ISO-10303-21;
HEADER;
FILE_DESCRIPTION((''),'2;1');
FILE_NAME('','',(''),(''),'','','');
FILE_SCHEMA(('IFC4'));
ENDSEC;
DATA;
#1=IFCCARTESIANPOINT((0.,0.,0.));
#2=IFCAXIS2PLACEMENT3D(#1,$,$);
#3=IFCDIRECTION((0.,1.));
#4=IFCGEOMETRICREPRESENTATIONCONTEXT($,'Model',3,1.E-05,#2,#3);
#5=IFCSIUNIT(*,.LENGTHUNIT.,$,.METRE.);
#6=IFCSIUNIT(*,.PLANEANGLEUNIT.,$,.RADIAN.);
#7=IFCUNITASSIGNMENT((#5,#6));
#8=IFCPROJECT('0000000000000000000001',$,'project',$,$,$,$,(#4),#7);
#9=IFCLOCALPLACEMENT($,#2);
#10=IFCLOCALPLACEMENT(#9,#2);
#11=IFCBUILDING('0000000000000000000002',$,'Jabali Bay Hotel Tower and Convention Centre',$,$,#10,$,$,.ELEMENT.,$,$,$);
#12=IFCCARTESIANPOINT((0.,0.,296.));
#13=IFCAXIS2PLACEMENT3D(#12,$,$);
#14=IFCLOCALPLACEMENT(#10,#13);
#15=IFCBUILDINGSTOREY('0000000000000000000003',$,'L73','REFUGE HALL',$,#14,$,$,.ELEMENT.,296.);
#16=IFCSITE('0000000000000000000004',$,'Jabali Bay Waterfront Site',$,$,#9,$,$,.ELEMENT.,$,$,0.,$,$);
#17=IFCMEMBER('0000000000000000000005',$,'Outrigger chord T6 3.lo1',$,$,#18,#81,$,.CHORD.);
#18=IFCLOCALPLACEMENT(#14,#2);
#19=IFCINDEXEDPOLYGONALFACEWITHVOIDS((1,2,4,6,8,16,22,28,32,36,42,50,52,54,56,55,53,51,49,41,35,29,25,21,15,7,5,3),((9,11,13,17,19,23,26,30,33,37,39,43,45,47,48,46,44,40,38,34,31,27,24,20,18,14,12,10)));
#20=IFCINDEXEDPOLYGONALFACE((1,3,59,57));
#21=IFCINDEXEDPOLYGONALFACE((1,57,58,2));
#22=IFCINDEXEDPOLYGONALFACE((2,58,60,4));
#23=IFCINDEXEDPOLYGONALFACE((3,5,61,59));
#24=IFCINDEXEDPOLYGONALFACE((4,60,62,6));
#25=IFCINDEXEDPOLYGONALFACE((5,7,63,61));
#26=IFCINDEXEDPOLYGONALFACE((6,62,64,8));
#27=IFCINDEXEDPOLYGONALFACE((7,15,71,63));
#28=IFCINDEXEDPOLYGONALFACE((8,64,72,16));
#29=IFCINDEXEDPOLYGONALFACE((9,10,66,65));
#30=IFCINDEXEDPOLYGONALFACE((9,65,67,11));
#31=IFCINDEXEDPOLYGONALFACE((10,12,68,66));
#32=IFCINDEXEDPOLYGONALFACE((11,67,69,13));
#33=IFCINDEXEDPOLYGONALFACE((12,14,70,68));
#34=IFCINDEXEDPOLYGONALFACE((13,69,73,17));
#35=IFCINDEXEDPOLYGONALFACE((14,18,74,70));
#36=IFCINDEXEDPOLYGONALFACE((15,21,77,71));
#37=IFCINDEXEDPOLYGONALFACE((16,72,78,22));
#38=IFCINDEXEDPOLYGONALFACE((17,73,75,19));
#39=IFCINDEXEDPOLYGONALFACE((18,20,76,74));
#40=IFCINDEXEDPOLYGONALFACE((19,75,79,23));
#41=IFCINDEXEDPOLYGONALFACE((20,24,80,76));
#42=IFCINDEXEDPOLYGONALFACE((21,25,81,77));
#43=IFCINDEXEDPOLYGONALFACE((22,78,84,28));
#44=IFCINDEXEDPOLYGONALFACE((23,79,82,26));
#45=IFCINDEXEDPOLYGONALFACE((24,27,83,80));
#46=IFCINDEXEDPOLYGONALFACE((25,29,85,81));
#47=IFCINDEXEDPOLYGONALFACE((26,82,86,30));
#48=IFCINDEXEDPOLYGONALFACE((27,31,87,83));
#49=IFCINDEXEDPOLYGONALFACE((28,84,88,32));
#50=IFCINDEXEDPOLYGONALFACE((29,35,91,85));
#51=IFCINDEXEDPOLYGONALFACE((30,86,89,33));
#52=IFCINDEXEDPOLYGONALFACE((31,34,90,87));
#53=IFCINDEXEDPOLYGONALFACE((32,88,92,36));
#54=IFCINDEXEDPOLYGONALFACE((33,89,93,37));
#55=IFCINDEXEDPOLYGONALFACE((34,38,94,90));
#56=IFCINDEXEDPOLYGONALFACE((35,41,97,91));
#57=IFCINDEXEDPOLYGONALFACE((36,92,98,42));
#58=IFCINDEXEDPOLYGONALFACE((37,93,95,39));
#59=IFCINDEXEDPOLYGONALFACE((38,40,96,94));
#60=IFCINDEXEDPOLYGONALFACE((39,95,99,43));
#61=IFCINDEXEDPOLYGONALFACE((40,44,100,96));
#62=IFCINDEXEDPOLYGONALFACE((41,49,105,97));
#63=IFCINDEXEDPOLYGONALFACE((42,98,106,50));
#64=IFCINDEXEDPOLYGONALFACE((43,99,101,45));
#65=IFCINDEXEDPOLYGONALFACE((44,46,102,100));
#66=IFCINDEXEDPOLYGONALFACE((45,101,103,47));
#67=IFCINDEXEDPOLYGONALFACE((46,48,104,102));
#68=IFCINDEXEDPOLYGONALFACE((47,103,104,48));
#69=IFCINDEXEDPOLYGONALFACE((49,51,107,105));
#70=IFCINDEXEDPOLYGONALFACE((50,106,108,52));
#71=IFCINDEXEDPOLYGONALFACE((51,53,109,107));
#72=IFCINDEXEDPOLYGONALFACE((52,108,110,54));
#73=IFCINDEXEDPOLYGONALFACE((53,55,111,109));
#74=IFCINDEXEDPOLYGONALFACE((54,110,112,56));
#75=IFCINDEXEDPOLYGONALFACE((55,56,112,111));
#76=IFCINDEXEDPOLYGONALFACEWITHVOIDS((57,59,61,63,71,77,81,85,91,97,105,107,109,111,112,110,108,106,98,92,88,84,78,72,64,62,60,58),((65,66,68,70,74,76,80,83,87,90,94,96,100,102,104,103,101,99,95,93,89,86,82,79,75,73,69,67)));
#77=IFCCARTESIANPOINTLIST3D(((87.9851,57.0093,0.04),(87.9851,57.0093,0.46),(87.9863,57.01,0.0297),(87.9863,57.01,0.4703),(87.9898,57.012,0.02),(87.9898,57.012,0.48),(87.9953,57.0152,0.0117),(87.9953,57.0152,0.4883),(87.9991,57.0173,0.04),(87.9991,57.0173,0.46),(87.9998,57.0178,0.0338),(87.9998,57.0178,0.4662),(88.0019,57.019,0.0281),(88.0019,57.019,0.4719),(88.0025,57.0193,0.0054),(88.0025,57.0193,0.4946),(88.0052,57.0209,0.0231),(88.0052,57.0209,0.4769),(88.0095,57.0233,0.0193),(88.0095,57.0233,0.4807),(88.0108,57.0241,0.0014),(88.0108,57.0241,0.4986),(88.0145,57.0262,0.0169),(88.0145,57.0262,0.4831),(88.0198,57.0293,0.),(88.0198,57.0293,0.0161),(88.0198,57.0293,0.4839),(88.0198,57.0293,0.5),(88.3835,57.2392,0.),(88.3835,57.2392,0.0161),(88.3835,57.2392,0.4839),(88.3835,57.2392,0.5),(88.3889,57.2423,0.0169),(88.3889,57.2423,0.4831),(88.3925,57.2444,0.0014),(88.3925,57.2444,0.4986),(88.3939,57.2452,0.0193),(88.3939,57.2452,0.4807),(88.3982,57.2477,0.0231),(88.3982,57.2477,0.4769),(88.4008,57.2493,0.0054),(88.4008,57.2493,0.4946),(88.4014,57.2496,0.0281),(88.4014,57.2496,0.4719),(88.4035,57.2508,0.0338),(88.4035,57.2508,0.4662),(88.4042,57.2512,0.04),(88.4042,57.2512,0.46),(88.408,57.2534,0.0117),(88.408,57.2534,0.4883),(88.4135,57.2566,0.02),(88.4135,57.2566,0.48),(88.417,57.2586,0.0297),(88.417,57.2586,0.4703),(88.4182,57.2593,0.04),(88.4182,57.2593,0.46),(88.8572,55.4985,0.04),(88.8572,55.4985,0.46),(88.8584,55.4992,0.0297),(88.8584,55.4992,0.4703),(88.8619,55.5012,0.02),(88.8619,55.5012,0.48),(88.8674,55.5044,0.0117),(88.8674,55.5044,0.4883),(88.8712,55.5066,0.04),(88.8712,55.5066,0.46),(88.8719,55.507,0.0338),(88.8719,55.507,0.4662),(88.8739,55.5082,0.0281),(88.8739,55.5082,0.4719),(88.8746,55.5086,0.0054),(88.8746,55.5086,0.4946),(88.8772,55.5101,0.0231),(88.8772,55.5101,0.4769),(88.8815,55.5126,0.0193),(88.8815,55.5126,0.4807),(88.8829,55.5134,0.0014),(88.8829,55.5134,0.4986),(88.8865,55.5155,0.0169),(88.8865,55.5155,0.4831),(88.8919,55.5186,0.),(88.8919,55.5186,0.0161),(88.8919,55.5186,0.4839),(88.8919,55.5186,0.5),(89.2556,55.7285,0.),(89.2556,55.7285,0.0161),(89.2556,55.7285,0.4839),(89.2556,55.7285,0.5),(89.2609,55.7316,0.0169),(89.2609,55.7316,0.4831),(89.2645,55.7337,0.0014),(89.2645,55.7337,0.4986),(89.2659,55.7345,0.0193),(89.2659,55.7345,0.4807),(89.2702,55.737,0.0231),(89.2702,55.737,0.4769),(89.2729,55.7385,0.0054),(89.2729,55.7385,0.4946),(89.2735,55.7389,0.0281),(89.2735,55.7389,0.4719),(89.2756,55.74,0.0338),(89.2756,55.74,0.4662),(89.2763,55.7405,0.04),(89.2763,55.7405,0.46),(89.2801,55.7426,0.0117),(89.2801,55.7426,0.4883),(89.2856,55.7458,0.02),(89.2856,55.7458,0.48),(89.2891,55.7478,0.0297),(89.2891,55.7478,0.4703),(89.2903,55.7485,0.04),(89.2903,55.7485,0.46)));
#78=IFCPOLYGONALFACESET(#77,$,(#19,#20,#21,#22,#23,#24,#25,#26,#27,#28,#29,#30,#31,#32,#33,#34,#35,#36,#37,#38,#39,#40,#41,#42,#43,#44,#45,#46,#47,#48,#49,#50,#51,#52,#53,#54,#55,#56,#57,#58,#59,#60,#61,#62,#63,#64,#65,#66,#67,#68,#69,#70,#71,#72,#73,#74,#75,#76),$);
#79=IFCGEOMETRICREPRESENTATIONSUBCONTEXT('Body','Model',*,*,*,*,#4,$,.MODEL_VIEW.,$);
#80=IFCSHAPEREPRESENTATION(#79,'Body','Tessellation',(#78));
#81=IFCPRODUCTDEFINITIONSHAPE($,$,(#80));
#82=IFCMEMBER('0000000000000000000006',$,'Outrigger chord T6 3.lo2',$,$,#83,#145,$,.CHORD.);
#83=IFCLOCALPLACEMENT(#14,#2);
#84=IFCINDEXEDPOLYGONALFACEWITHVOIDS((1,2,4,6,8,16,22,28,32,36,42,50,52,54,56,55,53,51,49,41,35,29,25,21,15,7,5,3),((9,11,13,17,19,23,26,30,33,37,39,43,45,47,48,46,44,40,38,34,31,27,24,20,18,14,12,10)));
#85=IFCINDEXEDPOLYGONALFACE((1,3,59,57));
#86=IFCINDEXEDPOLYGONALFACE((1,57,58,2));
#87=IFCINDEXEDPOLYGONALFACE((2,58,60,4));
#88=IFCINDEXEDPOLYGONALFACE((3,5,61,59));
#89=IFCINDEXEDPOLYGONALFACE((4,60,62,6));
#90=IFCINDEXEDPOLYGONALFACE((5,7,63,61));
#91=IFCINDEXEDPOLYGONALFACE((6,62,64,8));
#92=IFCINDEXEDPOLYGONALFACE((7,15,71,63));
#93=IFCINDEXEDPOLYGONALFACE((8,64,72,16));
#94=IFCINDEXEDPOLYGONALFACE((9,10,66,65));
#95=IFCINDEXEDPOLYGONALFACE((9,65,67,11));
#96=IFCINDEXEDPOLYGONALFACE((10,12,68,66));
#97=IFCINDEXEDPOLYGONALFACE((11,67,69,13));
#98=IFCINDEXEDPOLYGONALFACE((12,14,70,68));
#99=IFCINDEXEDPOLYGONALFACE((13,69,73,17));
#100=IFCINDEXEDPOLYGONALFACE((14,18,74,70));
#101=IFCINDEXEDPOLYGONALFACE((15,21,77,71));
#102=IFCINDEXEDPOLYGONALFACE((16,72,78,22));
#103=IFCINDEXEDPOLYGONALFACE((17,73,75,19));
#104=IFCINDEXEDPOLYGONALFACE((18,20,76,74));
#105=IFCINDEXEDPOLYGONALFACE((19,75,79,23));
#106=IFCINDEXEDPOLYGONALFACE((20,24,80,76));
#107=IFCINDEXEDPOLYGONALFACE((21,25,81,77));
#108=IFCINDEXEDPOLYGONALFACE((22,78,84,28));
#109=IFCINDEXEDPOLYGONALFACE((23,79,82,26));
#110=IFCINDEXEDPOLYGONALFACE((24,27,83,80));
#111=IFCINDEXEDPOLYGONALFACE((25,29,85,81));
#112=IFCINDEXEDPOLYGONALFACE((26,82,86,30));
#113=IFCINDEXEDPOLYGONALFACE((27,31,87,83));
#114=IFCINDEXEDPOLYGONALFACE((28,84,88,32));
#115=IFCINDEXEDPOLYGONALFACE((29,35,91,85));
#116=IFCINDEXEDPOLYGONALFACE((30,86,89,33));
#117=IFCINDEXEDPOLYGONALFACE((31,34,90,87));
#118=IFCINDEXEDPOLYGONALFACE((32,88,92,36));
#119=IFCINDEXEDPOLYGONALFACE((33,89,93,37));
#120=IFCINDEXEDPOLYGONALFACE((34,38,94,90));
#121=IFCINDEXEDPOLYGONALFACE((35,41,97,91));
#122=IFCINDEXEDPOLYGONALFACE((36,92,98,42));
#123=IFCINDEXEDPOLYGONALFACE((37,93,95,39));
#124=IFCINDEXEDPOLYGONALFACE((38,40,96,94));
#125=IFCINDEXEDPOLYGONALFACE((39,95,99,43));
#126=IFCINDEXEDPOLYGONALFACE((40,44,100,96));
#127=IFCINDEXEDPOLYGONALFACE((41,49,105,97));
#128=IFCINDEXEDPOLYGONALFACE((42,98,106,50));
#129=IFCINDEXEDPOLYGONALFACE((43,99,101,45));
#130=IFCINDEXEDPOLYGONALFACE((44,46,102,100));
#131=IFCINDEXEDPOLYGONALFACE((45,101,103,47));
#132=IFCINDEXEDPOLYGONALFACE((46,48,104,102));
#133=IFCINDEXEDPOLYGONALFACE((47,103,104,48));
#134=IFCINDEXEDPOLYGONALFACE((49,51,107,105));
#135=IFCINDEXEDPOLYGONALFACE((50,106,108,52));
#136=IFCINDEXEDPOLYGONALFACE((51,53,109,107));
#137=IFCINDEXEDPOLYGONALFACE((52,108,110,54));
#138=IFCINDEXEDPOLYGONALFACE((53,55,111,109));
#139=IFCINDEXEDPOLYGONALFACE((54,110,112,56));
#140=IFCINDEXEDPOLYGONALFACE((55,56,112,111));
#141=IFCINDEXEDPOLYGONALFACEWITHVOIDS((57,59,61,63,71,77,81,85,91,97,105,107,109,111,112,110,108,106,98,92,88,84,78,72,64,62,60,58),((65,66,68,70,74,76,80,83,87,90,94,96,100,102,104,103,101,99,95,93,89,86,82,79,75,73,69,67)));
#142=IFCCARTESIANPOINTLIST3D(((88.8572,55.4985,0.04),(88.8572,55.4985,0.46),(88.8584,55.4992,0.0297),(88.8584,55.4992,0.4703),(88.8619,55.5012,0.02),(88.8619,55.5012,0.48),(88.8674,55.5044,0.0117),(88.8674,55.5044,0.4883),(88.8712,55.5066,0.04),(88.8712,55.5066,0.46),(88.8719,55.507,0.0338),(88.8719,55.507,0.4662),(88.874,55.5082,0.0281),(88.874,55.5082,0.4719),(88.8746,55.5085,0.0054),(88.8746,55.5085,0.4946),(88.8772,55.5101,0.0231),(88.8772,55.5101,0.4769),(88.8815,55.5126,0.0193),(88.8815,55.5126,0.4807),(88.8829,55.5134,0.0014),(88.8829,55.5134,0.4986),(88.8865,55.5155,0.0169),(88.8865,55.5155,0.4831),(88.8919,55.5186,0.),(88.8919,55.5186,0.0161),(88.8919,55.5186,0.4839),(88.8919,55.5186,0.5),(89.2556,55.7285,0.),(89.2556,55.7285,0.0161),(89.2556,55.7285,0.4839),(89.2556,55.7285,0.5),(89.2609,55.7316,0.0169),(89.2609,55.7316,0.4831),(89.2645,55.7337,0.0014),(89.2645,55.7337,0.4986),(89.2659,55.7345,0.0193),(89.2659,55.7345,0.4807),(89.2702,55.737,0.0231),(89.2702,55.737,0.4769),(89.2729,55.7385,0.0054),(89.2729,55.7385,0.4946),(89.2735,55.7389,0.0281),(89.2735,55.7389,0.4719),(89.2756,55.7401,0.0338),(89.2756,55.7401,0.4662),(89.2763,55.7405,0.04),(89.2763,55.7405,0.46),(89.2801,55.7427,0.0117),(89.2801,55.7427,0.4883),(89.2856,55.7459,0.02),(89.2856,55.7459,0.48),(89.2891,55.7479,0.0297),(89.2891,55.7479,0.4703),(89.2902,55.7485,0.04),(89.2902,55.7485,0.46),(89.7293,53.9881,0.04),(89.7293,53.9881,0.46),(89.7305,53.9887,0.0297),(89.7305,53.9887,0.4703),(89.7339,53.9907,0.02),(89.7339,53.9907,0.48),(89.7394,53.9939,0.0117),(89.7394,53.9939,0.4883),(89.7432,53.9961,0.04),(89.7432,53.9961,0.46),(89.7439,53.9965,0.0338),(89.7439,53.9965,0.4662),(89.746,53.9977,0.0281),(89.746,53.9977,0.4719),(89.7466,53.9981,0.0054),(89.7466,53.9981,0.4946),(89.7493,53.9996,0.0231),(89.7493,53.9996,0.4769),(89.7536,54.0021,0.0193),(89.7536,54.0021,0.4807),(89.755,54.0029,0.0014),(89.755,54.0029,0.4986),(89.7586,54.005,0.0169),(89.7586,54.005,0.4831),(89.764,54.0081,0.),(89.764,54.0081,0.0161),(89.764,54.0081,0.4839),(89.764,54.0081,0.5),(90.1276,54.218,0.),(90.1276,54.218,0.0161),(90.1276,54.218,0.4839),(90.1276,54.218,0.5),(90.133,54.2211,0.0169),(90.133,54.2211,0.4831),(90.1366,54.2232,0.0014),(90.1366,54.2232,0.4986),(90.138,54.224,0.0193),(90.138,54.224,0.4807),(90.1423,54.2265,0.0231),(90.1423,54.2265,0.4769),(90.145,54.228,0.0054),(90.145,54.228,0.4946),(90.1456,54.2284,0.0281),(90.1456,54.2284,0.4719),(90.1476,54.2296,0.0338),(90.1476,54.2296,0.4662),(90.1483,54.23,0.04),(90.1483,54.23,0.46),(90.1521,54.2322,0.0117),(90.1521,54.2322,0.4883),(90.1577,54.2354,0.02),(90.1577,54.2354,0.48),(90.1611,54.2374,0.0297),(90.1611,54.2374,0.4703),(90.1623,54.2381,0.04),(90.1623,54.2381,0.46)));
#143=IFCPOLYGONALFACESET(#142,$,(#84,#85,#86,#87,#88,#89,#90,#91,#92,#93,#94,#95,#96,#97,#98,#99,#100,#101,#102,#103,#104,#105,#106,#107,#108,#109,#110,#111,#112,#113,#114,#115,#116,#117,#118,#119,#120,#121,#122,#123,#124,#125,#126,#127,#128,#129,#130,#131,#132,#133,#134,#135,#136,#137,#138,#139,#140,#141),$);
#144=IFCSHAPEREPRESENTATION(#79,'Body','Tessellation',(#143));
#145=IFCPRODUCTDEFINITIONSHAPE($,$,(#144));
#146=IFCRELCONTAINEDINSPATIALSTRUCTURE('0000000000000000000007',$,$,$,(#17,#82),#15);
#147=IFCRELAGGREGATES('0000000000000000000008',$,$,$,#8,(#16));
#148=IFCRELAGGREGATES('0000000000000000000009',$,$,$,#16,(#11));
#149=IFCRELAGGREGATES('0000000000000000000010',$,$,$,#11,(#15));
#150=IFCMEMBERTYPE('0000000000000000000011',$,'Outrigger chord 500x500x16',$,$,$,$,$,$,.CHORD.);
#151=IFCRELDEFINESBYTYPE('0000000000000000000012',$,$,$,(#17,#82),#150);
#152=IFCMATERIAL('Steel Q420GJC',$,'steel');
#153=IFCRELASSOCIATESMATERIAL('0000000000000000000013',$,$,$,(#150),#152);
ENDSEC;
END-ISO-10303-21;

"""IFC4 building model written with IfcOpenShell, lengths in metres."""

from ifc_helpers import new_model, si_unit, direction, frame, origin, origin_2d, place, context, subcontext, project, spatial, hollow_rectangle, extrude, material, material_profile, profile_set, type_object, element, save


model = new_model("IFC4")

# Units and contexts
model_context = context("Model", 3, precision=1e-05, world=origin(), true_north=direction((0.0, 1.0)))
body_context = subcontext(model_context, "Body", "Model", "MODEL_VIEW")
ifc_project = project(units=[si_unit("LENGTHUNIT", "METRE"), si_unit("PLANEANGLEUNIT", "RADIAN")], contexts=[model_context])

# Site, building, storey
site_placement = place(None, origin())
site = spatial("IfcSite", under=ifc_project, at=site_placement, Name="Jabali Bay Waterfront Site", CompositionType="ELEMENT", RefElevation=0.0)
building_placement = place(site_placement, origin())
building = spatial("IfcBuilding", under=site, at=building_placement, Name="Jabali Bay Hotel Tower and Convention Centre", CompositionType="ELEMENT")
storey_placement = place(building_placement, frame((0.0, 0.0, 296.0)))
storey = spatial("IfcBuildingStorey", under=building, at=storey_placement, Name="L73", Description="REFUGE HALL", CompositionType="ELEMENT", Elevation=296.0)

# Members
ifc_material_1 = material(Name="Steel Q420GJC", Category="steel")
ifc_material_profile_1 = material_profile(ifc_material_1, hollow_rectangle(XDim=0.5, YDim=0.5, WallThickness=0.0161, InnerFilletRadius=0.0239, OuterFilletRadius=0.04, at=origin_2d()), Name="Outrigger chord 500x500x16")
ifc_profile_set_1 = profile_set([ifc_material_profile_1], Name="Steel Q420GJC")
member_type_1 = type_object("IfcMemberType", Name="Outrigger chord 500x500x16", PredefinedType="CHORD", material=ifc_profile_set_1)
member_1_placement = place(storey_placement, frame((88.2017, 57.1343, 0.25), z_axis=(0.499932, -0.866064, 0.0), x_axis=(0.866064, 0.499932, 0.0)))
element("IfcMember", 1, at=member_1_placement, inside=storey, type_object=member_type_1, Name="Outrigger chord T6 3.lo1", PredefinedType="CHORD", context=body_context, shape_type="SweptSolid", body=[
    extrude(hollow_rectangle(XDim=0.5, YDim=0.5, WallThickness=0.0161, InnerFilletRadius=0.0239, OuterFilletRadius=0.04, at=origin_2d()), origin(), (0.0, 0.0, 1.0), 1.7444),
])
member_2_placement = place(storey_placement, frame((89.0737, 55.6235, 0.25), z_axis=(0.499993, -0.866029, 0.0), x_axis=(0.866029, 0.499993, 0.0)))
element("IfcMember", 2, at=member_2_placement, inside=storey, type_object=member_type_1, Name="Outrigger chord T6 3.lo2", PredefinedType="CHORD", context=body_context, shape_type="SweptSolid", body=[
    extrude(hollow_rectangle(XDim=0.5, YDim=0.5, WallThickness=0.0161, InnerFilletRadius=0.0239, OuterFilletRadius=0.04, at=origin_2d()), origin(), (0.0, 0.0, 1.0), 1.7441),
])

save(model, "model.ifc")
